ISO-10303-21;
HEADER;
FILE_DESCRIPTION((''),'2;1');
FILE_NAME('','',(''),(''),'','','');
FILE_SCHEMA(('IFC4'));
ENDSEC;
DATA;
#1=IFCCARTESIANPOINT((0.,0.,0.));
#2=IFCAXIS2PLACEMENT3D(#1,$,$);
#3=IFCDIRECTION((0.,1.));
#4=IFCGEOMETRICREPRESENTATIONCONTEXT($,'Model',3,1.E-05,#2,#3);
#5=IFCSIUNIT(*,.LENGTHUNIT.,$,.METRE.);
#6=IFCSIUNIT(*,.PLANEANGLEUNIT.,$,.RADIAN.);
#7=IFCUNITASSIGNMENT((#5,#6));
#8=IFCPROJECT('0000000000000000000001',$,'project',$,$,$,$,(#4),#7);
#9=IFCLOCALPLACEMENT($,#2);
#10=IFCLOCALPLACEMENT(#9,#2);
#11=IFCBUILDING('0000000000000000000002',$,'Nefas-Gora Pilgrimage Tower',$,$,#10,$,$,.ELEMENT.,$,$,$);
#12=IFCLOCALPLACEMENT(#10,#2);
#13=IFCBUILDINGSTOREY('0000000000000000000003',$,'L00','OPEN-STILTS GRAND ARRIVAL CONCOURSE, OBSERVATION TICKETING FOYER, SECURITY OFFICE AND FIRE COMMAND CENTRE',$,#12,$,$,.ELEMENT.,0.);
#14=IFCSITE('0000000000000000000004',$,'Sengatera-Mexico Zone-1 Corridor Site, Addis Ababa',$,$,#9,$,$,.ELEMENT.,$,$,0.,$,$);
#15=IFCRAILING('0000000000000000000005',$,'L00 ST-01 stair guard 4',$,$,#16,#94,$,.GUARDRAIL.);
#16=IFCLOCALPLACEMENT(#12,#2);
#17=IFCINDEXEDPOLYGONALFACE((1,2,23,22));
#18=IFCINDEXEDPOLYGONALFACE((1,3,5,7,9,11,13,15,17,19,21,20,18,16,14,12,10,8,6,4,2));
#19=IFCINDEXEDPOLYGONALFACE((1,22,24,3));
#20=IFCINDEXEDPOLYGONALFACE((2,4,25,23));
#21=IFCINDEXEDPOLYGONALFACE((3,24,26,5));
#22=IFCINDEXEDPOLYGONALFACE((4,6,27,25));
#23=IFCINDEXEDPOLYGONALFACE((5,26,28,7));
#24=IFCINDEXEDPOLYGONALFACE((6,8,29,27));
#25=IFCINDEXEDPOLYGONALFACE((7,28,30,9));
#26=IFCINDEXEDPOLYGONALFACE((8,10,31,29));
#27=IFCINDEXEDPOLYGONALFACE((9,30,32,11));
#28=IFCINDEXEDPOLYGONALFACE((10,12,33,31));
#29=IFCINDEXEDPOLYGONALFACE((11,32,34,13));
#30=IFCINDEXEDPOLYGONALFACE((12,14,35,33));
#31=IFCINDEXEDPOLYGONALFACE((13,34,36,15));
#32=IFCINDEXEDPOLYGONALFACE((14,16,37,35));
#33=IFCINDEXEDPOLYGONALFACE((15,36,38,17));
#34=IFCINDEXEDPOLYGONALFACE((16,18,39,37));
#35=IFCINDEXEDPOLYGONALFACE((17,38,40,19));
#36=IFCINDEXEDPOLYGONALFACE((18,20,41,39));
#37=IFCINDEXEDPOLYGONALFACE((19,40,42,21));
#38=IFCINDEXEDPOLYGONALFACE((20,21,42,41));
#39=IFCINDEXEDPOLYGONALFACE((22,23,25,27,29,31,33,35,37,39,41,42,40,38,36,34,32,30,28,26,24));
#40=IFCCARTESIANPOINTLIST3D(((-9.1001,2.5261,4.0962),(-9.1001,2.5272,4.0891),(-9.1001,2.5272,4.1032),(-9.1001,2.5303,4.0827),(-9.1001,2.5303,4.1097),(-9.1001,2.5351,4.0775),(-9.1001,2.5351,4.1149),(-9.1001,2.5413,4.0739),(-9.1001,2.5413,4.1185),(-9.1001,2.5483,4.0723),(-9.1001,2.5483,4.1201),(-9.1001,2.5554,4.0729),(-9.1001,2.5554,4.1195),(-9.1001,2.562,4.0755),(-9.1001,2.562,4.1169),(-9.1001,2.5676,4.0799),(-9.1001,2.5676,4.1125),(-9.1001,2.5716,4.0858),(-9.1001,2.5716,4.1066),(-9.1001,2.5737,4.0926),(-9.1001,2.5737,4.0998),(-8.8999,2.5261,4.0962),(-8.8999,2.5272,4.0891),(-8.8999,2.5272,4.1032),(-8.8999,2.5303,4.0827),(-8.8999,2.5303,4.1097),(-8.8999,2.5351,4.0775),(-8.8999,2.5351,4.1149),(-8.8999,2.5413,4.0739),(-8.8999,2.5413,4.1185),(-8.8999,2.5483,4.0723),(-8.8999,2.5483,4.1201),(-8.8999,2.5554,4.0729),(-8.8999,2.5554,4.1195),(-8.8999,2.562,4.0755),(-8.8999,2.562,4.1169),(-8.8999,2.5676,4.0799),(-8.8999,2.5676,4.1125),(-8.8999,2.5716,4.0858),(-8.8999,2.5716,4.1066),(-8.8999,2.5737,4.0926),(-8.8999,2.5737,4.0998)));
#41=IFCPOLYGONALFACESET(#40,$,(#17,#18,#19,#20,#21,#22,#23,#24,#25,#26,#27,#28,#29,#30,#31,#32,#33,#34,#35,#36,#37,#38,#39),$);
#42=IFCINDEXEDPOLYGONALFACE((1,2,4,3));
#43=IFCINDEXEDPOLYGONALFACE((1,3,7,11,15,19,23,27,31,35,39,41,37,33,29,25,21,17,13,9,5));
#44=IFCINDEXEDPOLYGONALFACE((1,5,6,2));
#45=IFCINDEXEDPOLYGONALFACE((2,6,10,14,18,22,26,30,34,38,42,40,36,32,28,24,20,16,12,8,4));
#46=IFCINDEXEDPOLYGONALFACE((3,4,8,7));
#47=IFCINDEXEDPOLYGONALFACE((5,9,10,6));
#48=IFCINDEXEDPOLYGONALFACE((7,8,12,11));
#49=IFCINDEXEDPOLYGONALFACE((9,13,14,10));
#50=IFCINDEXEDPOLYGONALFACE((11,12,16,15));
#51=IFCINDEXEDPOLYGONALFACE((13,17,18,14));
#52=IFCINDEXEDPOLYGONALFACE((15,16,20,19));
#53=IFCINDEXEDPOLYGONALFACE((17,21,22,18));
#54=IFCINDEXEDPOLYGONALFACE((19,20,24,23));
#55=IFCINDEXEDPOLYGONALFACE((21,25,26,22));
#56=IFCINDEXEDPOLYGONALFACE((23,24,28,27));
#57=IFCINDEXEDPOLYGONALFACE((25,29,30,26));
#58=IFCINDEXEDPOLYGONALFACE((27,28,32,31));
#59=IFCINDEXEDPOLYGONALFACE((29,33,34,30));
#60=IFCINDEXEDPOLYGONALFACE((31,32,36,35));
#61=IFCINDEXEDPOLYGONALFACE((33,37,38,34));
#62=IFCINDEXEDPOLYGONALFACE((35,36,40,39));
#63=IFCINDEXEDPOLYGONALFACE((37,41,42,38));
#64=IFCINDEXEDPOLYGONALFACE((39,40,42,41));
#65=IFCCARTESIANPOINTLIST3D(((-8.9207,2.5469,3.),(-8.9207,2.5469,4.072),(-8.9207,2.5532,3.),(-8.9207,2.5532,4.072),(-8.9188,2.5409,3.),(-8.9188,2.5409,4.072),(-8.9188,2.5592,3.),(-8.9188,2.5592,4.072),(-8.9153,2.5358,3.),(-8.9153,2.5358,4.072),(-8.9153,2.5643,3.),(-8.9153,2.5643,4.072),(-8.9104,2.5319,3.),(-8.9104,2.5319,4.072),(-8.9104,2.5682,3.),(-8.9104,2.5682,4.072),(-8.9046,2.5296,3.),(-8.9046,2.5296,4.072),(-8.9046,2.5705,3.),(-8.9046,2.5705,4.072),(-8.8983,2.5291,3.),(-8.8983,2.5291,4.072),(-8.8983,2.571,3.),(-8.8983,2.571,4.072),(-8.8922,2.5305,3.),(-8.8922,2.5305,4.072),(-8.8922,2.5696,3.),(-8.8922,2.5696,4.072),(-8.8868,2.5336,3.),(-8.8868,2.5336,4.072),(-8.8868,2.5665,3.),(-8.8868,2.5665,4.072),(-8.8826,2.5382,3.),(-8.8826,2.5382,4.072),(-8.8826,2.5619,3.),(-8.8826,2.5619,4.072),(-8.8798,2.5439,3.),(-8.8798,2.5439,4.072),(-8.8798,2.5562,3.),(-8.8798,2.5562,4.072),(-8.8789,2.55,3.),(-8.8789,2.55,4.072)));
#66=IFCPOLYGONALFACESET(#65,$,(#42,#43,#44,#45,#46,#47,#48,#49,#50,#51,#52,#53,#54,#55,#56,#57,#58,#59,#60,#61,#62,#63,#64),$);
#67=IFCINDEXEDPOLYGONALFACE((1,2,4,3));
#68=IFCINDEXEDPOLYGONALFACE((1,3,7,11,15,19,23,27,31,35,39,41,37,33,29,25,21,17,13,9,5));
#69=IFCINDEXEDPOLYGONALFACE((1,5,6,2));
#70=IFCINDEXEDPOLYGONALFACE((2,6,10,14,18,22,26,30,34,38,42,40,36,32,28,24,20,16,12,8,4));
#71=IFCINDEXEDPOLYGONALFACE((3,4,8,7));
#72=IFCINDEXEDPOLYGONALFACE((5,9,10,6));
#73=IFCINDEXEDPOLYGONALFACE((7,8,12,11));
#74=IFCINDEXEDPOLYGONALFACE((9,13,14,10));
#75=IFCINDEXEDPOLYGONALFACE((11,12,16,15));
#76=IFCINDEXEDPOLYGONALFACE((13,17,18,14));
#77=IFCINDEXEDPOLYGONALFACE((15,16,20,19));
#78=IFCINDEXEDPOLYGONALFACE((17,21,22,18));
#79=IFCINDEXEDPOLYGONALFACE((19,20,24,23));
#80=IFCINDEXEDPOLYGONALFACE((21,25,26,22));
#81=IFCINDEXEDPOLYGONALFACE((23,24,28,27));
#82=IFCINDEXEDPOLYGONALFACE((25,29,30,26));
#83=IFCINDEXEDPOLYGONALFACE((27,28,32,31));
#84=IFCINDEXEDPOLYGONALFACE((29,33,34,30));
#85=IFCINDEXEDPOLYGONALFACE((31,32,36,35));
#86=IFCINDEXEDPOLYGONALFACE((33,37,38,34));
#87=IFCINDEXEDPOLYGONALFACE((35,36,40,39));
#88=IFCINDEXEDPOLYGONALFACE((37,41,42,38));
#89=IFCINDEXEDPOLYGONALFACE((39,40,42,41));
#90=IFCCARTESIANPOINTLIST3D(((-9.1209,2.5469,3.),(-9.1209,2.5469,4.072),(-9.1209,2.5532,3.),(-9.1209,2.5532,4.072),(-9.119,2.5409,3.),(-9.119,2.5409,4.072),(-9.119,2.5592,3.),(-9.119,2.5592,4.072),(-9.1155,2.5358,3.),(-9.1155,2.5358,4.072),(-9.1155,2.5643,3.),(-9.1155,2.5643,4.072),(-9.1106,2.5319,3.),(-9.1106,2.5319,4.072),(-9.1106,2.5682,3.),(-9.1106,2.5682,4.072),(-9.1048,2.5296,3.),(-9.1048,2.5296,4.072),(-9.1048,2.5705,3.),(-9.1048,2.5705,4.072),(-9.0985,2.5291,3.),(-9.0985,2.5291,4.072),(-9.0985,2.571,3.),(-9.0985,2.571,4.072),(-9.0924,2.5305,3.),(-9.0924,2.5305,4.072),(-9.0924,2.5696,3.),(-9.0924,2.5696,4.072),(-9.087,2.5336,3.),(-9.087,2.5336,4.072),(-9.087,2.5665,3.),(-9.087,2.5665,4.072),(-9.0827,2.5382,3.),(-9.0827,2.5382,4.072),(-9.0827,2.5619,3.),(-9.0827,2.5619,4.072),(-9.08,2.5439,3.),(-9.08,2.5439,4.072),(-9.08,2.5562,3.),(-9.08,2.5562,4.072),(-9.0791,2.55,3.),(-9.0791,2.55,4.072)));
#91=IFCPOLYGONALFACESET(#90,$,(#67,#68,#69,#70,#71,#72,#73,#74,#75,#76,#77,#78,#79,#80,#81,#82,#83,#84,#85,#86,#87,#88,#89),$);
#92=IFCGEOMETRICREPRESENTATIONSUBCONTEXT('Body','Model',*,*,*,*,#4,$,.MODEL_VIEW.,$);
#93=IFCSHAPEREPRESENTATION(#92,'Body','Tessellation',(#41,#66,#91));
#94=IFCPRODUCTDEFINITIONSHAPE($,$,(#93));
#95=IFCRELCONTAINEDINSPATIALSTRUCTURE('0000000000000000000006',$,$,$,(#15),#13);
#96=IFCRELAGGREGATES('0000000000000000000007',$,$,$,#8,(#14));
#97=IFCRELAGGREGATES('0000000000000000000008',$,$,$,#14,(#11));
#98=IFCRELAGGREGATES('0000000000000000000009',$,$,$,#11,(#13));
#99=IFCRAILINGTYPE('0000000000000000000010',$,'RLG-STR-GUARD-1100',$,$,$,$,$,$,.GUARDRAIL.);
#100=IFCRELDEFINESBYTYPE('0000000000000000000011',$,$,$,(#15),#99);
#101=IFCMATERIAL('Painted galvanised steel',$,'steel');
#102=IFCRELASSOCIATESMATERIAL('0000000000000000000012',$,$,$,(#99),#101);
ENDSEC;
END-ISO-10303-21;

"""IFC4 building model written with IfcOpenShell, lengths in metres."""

from ifc_helpers import new_model, si_unit, direction, frame, origin, origin_2d, place, context, subcontext, project, spatial, circle, extrude, material, type_object, element, save


model = new_model("IFC4")

# Units and contexts
model_context = context("Model", 3, precision=1e-05, world=origin(), true_north=direction((0.0, 1.0)))
body_context = subcontext(model_context, "Body", "Model", "MODEL_VIEW")
ifc_project = project(units=[si_unit("LENGTHUNIT", "METRE"), si_unit("PLANEANGLEUNIT", "RADIAN")], contexts=[model_context])

# Site, building, storey
site_placement = place(None, origin())
site = spatial("IfcSite", under=ifc_project, at=site_placement, Name="Sengatera-Mexico Zone-1 Corridor Site, Addis Ababa", CompositionType="ELEMENT", RefElevation=0.0)
building_placement = place(site_placement, origin())
building = spatial("IfcBuilding", under=site, at=building_placement, Name="Nefas-Gora Pilgrimage Tower", CompositionType="ELEMENT")
storey_placement = place(building_placement, origin())
storey = spatial("IfcBuildingStorey", under=building, at=storey_placement, Name="L00", Description="OPEN-STILTS GRAND ARRIVAL CONCOURSE, OBSERVATION TICKETING FOYER, SECURITY OFFICE AND FIRE COMMAND CENTRE", CompositionType="ELEMENT", Elevation=0.0)

# Railing
ifc_material_1 = material(Name="Painted galvanised steel", Category="steel")
railing_type_1 = type_object("IfcRailingType", Name="RLG-STR-GUARD-1100", PredefinedType="GUARDRAIL", material=ifc_material_1)
railing_1_placement = place(storey_placement, frame((-8.8999, 2.55, 3.0)))
element("IfcRailing", 1, at=railing_1_placement, inside=storey, type_object=railing_type_1, Name="L00 ST-01 stair guard 4", PredefinedType="GUARDRAIL", context=body_context, shape_type="SweptSolid", body=[
    extrude(circle(Radius=0.0239, at=origin_2d()), frame((0.0, 0.0, 1.0962), z_axis=(-1.0, 0.0, 0.0), x_axis=(0.0, -1.0, 0.0)), (0.0, 0.0, 1.0), 0.2002),
    extrude(circle(Radius=0.021, at=origin_2d()), origin(), (0.0, 0.0, 1.0), 1.072),
    extrude(circle(Radius=0.021, at=origin_2d()), frame((-0.2002, 0.0, 0.0)), (0.0, 0.0, 1.0), 1.072),
])

save(model, "model.ifc")
